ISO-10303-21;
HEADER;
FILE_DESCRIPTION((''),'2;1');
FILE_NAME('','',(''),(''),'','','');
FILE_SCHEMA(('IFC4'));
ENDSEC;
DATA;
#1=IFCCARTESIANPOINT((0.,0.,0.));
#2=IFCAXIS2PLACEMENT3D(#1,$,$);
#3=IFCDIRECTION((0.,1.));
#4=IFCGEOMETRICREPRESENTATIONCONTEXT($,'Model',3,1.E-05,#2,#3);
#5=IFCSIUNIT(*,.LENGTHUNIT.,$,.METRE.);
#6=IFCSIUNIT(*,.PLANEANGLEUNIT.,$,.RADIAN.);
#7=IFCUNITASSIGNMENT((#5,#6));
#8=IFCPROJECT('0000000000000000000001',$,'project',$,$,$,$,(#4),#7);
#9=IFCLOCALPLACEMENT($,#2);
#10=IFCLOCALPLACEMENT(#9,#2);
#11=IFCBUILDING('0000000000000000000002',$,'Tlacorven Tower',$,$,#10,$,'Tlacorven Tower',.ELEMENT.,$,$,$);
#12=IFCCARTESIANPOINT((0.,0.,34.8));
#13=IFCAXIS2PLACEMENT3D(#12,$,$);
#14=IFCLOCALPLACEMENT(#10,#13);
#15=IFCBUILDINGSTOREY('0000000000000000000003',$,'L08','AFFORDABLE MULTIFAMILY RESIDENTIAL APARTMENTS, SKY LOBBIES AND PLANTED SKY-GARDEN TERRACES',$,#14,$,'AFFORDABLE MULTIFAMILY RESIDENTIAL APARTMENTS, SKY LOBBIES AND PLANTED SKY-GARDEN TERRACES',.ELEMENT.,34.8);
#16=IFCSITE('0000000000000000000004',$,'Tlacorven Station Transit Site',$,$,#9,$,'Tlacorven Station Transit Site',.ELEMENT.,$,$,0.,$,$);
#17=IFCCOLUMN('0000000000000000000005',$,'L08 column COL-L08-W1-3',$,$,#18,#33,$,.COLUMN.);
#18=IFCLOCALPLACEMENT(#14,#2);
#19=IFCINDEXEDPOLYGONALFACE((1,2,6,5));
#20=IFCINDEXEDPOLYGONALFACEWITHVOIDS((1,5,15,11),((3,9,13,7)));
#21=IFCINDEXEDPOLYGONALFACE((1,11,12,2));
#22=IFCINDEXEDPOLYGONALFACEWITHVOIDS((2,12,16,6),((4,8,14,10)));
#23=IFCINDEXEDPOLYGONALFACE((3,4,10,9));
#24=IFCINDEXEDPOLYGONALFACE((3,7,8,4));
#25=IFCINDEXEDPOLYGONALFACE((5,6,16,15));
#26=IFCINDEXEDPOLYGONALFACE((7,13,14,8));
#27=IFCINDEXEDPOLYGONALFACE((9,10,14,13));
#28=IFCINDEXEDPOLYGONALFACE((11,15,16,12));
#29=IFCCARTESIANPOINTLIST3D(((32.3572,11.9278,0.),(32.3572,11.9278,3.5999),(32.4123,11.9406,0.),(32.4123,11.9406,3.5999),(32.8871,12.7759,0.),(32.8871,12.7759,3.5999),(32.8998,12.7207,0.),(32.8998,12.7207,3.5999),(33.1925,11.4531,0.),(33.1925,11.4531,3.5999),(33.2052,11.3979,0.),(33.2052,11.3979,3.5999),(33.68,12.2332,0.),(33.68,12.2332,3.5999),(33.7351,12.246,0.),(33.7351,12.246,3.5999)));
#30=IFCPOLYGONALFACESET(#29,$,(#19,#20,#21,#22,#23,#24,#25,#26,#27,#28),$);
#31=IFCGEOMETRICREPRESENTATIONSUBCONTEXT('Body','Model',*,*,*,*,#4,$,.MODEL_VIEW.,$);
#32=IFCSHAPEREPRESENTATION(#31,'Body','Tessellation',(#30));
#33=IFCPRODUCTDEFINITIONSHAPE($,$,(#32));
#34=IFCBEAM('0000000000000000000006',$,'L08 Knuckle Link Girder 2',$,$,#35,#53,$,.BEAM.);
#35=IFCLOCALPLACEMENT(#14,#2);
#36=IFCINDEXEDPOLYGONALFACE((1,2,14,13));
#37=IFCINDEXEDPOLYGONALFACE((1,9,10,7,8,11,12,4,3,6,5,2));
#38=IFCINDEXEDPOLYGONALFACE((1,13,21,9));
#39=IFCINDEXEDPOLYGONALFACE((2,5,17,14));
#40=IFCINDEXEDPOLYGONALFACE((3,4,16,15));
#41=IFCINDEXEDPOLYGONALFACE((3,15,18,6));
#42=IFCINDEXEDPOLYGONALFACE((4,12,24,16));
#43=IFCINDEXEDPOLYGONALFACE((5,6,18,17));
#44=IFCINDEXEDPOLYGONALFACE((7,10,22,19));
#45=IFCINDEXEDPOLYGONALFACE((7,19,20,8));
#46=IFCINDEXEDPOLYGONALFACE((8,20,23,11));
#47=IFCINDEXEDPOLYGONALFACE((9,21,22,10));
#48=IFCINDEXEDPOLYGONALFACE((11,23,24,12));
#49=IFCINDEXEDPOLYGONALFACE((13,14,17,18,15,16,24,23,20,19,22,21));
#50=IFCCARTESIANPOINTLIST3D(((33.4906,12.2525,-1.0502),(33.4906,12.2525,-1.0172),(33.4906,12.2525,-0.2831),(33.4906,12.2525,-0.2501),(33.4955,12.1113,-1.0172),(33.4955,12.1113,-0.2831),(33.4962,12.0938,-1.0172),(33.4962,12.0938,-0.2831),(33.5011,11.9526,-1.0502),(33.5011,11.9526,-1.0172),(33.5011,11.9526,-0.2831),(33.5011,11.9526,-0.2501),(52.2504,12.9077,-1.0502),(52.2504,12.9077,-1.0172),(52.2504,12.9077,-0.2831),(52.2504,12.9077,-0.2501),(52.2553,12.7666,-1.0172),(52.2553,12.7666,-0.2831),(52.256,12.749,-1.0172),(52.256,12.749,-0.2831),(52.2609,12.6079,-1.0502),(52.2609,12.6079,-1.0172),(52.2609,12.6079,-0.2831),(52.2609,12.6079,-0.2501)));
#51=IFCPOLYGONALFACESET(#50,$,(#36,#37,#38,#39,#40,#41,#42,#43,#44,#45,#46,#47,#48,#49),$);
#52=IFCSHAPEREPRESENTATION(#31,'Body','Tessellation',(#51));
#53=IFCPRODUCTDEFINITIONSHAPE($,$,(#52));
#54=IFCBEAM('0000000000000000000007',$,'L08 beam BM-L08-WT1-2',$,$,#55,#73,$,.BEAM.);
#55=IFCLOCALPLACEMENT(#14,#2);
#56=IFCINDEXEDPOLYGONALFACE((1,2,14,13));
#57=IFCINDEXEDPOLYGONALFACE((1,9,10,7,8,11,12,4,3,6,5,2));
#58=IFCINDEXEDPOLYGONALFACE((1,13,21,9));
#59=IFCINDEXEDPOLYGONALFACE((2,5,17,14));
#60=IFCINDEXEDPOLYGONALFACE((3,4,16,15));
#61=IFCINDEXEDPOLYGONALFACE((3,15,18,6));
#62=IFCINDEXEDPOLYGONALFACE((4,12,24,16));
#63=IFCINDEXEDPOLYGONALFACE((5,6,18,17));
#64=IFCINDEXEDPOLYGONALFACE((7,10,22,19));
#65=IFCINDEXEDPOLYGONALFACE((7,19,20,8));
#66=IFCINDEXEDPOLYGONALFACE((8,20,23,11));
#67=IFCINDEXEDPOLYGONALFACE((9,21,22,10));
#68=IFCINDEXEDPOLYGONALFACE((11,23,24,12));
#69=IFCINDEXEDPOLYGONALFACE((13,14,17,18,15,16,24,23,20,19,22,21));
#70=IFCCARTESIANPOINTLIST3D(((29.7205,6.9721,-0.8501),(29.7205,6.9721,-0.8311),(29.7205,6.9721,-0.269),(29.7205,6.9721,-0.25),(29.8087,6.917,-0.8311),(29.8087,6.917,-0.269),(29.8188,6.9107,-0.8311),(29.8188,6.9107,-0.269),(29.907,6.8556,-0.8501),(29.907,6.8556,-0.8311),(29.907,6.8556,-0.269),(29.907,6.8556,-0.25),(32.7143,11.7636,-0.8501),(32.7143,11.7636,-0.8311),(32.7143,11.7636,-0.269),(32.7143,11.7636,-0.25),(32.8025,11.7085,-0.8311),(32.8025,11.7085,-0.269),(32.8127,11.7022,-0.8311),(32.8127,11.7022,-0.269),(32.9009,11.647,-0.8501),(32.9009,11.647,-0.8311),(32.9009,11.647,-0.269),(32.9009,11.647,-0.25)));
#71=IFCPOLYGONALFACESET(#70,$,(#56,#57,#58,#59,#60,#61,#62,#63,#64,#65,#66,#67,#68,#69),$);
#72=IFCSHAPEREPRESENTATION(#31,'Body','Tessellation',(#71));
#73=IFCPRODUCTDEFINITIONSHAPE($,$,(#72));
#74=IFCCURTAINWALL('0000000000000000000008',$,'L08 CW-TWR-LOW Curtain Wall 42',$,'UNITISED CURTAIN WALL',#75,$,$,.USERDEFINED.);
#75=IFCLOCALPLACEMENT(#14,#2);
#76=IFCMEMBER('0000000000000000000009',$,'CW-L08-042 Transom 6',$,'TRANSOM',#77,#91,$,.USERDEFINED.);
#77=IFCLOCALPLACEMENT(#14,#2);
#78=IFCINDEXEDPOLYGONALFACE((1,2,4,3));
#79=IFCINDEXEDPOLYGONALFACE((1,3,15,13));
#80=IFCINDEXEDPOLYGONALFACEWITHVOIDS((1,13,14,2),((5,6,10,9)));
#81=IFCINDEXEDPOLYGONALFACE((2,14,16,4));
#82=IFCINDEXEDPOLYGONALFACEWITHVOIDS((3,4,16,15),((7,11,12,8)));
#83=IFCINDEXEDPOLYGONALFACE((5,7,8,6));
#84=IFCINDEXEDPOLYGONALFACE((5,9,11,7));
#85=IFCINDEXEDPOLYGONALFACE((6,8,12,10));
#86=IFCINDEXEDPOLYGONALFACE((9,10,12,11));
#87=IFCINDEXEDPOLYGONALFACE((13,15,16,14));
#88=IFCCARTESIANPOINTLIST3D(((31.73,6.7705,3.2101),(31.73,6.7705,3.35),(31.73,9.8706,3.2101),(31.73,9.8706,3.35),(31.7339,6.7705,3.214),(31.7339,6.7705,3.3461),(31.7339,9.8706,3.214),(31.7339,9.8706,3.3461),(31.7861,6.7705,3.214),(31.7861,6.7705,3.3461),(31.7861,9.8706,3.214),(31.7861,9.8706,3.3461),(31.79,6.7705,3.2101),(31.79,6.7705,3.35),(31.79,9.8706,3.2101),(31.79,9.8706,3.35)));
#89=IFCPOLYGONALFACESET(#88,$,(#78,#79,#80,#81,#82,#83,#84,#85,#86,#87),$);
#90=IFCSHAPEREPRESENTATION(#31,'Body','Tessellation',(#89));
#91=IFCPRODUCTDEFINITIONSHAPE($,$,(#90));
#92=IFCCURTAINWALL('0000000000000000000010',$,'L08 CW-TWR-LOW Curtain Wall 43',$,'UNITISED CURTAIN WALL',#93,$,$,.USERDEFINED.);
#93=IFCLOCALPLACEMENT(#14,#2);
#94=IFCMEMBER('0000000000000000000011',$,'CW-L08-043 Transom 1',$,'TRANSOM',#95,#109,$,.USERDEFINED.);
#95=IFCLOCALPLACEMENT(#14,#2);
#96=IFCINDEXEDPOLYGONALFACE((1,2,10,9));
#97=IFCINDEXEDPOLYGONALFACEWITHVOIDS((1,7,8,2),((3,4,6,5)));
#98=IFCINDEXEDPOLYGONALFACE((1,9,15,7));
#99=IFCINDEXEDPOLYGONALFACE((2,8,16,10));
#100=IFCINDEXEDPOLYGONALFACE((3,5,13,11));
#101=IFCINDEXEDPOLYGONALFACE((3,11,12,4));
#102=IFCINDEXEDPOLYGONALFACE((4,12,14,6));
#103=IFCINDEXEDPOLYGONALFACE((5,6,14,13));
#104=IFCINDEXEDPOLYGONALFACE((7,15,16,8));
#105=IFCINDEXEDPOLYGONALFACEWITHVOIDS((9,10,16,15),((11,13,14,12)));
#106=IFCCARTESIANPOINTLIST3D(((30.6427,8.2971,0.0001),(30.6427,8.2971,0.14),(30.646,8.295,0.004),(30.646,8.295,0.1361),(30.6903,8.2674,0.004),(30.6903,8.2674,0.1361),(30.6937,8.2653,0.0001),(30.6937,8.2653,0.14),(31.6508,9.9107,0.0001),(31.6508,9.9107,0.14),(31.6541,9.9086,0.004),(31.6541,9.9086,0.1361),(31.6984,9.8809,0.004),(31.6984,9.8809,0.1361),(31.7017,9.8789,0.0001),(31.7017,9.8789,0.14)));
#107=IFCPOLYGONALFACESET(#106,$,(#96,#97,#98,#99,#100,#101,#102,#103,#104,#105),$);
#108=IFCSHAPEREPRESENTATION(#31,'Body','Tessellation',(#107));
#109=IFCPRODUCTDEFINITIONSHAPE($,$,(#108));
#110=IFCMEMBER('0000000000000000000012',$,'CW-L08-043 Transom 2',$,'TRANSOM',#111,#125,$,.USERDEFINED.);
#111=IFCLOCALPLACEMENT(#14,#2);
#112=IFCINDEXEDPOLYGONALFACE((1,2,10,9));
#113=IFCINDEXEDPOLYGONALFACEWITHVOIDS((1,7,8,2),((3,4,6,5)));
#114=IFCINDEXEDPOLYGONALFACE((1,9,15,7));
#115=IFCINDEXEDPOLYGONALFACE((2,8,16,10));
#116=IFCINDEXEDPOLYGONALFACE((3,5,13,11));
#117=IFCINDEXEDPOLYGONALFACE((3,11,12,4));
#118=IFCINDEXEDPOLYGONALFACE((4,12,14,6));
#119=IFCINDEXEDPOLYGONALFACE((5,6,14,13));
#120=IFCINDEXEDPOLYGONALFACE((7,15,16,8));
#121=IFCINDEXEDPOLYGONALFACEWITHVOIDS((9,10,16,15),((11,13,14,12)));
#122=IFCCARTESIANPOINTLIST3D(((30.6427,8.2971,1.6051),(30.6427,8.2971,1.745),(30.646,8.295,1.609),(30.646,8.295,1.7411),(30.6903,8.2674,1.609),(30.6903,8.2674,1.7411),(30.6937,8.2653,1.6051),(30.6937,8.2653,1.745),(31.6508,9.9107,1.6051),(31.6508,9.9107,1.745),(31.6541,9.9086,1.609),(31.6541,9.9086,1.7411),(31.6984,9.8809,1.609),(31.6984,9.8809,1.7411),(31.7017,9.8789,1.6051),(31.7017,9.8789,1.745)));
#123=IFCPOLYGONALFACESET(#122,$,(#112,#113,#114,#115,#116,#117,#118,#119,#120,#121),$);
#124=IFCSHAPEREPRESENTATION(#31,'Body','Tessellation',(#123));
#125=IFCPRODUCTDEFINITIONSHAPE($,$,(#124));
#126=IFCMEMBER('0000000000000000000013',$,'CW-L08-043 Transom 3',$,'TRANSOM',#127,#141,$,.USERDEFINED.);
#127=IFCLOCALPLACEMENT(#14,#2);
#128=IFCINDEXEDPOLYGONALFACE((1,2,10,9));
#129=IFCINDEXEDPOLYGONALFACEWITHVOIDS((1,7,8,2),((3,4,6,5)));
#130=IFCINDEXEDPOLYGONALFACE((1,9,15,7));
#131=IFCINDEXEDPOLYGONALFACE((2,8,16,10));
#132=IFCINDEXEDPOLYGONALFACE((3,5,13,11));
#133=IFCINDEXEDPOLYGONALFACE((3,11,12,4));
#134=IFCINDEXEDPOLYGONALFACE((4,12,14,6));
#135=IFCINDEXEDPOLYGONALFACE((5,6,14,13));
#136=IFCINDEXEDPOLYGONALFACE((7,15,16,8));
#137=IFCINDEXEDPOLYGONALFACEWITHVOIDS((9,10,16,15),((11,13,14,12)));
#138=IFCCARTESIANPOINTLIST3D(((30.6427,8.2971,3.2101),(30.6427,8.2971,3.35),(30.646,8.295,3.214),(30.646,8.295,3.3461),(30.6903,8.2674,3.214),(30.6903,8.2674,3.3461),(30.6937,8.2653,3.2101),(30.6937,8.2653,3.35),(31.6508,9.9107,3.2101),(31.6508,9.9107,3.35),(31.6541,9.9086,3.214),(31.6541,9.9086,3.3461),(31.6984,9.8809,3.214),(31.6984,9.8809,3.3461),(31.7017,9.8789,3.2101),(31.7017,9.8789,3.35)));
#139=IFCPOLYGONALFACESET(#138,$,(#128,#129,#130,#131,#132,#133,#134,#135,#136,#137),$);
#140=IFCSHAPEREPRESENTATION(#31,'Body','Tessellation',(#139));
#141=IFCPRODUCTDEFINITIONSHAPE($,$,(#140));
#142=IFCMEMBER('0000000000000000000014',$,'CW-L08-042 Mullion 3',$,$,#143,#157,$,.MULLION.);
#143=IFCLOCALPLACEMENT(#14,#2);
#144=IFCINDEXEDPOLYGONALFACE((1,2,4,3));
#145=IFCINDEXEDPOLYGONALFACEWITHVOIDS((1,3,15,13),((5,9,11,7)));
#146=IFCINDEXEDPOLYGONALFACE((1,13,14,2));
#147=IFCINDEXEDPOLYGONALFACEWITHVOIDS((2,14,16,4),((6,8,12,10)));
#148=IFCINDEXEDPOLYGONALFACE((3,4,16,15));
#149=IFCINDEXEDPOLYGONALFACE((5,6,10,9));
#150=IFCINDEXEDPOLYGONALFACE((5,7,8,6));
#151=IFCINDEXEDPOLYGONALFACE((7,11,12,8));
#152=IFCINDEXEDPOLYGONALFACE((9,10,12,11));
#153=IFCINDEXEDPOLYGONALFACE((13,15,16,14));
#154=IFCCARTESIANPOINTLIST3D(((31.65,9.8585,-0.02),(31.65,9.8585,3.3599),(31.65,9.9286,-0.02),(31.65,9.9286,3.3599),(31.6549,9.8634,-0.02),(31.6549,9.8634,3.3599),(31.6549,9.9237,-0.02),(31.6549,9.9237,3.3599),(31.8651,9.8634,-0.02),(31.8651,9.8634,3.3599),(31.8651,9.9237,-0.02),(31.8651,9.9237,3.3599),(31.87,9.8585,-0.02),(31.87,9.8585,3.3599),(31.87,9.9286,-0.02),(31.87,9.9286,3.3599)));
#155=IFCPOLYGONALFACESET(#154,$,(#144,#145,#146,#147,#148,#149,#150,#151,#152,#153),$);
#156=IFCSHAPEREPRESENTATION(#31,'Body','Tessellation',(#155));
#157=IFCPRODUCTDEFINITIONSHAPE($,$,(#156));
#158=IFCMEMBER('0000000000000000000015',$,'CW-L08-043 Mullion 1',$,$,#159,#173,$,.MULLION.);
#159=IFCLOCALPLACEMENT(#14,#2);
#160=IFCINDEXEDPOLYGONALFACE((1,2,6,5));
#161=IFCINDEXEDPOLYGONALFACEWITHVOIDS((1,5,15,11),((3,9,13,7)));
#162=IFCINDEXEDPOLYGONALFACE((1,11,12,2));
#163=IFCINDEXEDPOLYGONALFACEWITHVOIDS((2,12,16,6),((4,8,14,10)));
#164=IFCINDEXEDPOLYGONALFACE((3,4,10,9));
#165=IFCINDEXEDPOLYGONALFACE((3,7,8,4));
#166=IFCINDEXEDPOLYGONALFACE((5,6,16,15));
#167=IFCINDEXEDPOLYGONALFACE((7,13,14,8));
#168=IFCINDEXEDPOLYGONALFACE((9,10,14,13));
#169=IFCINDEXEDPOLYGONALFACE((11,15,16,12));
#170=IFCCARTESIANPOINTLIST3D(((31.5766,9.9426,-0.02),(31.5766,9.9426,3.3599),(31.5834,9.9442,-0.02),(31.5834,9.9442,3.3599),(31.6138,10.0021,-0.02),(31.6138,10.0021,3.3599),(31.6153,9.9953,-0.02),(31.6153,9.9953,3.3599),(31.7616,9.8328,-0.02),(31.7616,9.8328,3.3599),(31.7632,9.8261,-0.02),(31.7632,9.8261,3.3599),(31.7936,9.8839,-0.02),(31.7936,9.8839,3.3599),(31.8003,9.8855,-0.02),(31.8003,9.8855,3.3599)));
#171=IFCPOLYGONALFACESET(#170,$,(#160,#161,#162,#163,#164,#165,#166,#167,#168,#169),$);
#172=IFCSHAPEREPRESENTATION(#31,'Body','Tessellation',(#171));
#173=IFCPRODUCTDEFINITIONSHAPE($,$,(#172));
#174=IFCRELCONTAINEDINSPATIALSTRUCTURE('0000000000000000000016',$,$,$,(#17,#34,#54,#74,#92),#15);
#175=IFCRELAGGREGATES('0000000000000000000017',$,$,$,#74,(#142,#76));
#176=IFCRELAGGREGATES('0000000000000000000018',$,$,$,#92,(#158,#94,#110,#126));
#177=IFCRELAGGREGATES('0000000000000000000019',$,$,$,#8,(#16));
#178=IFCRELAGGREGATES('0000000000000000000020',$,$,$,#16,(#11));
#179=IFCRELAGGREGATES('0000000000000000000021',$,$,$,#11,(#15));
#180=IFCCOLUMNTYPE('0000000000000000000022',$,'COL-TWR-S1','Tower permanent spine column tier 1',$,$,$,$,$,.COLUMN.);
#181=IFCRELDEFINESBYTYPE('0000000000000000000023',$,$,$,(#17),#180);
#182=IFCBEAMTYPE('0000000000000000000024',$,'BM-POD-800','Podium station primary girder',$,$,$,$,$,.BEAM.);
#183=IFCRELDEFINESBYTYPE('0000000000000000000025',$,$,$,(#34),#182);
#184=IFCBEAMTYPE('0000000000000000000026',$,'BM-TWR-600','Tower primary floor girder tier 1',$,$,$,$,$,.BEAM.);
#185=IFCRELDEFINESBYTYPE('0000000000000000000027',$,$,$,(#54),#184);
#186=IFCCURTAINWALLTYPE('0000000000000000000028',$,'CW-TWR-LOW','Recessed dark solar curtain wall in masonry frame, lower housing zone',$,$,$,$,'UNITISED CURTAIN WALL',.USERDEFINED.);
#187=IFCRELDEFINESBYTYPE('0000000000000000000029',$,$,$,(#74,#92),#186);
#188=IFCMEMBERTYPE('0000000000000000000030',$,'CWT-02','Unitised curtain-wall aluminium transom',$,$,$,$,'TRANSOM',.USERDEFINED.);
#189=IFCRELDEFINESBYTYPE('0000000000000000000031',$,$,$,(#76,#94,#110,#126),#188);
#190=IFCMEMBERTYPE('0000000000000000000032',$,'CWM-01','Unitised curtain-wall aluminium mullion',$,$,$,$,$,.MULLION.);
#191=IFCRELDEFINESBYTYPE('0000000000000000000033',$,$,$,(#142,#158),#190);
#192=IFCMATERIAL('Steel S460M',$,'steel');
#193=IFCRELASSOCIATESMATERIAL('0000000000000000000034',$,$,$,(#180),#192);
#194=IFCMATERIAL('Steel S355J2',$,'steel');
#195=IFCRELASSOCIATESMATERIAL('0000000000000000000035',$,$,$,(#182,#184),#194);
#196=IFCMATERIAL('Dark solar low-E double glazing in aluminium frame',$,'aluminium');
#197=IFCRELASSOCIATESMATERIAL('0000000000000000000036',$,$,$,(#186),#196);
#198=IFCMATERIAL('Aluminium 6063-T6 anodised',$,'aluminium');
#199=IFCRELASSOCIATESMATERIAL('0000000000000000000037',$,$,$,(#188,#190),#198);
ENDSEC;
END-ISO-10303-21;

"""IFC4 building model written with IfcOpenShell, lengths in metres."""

from ifc_helpers import new_model, si_unit, direction, frame, origin, origin_2d, place, context, subcontext, project, spatial, hollow_rectangle, i_section, extrude, source, transform, mapped, material, material_profile, profile_set, type_object, element, aggregate, save


model = new_model("IFC4")

# Units and contexts
model_context = context("Model", 3, precision=1e-05, world=origin(), true_north=direction((0.0, 1.0)))
body_context = subcontext(model_context, "Body", "Model", "MODEL_VIEW")
ifc_project = project(units=[si_unit("LENGTHUNIT", "METRE"), si_unit("PLANEANGLEUNIT", "RADIAN")], contexts=[model_context])

# Site, building, storey
site_placement = place(None, origin())
site = spatial("IfcSite", under=ifc_project, at=site_placement, Name="Tlacorven Station Transit Site", LongName="Tlacorven Station Transit Site", CompositionType="ELEMENT", RefElevation=0.0)
building_placement = place(site_placement, origin())
building = spatial("IfcBuilding", under=site, at=building_placement, Name="Tlacorven Tower", LongName="Tlacorven Tower", CompositionType="ELEMENT")
storey_placement = place(building_placement, frame((0.0, 0.0, 34.8)))
storey = spatial("IfcBuildingStorey", under=building, at=storey_placement, Name="L08", Description="AFFORDABLE MULTIFAMILY RESIDENTIAL APARTMENTS, SKY LOBBIES AND PLANTED SKY-GARDEN TERRACES", LongName="AFFORDABLE MULTIFAMILY RESIDENTIAL APARTMENTS, SKY LOBBIES AND PLANTED SKY-GARDEN TERRACES", CompositionType="ELEMENT", Elevation=34.8)

# Column
ifc_material_1 = material(Name="Steel S460M", Category="steel")
ifc_material_profile_1 = material_profile(ifc_material_1, hollow_rectangle(XDim=1.0, YDim=1.0, WallThickness=0.04, at=origin_2d()), Name="BOX 1000X1000X40")
ifc_profile_set_1 = profile_set([ifc_material_profile_1], Name="Steel S460M")
column_type = type_object("IfcColumnType", Name="COL-TWR-S1", Description="Tower permanent spine column tier 1", PredefinedType="COLUMN", material=ifc_profile_set_1)
shared_shape_1 = source(origin(), body_context, "Body", "SweptSolid", [
    extrude(hollow_rectangle(XDim=1.0, YDim=1.0, WallThickness=0.04, at=origin_2d()), origin(), (0.0, 0.0, 1.0), 3.5999),
])
column_placement = place(storey_placement, frame((33.0461, 12.0869, 0.0), z_axis=(0.0, 0.0, 1.0), x_axis=(-0.848048, 0.529919, 0.0)))
element("IfcColumn", 1, at=column_placement, inside=storey, type_object=column_type, Name="L08 column COL-L08-W1-3", PredefinedType="COLUMN", context=body_context, shape_type="MappedRepresentation", body=[
    mapped(shared_shape_1, transform((0.0, 0.0, 0.0), scale=1.0)),
])

# Beams
ifc_material_2 = material(Name="Steel S355J2", Category="steel")
ifc_material_profile_2 = material_profile(ifc_material_2, i_section(OverallWidth=0.3, OverallDepth=0.8, WebThickness=0.0176, FlangeThickness=0.033, at=origin_2d()), Name="HEB 800")
ifc_profile_set_2 = profile_set([ifc_material_profile_2], Name="Steel S355J2")
beam_type_1 = type_object("IfcBeamType", Name="BM-POD-800", Description="Podium station primary girder", PredefinedType="BEAM", material=ifc_profile_set_2)
shared_shape_2 = source(origin(), body_context, "Body", "SweptSolid", [
    extrude(i_section(OverallWidth=0.3, OverallDepth=0.8, WebThickness=0.0176, FlangeThickness=0.033, at=origin_2d()), origin(), (0.0, 0.0, 1.0), 18.7712),
])
beam_1_placement = place(storey_placement, frame((33.4958, 12.1025, -0.6501), z_axis=(0.999391, 0.034908, 0.0), x_axis=(-0.034908, 0.999391, 0.0)))
element("IfcBeam", 2, at=beam_1_placement, inside=storey, type_object=beam_type_1, Name="L08 Knuckle Link Girder 2", PredefinedType="BEAM", context=body_context, shape_type="MappedRepresentation", body=[
    mapped(shared_shape_2, transform((0.0, 0.0, 0.0), scale=1.0)),
])
ifc_material_profile_3 = material_profile(ifc_material_2, i_section(OverallWidth=0.22, OverallDepth=0.6001, WebThickness=0.012, FlangeThickness=0.019, at=origin_2d()), Name="IPE 600")
ifc_profile_set_3 = profile_set([ifc_material_profile_3], Name="Steel S355J2")
beam_type_2 = type_object("IfcBeamType", Name="BM-TWR-600", Description="Tower primary floor girder tier 1", PredefinedType="BEAM", material=ifc_profile_set_3)
shared_shape_3 = source(origin(), body_context, "Body", "SweptSolid", [
    extrude(i_section(OverallWidth=0.22, OverallDepth=0.6001, WebThickness=0.012, FlangeThickness=0.019, at=origin_2d()), origin(), (0.0, 0.0, 1.0), 5.6499),
])
beam_2_placement = place(storey_placement, frame((32.8076, 11.7053, -0.55), z_axis=(-0.529898, -0.848061, 0.0), x_axis=(0.848061, -0.529898, 0.0)))
element("IfcBeam", 3, at=beam_2_placement, inside=storey, type_object=beam_type_2, Name="L08 beam BM-L08-WT1-2", PredefinedType="BEAM", context=body_context, shape_type="MappedRepresentation", body=[
    mapped(shared_shape_3, transform((0.0, 0.0, 0.0), scale=1.0)),
])

# Curtain wall, member
ifc_material_3 = material(Name="Dark solar low-E double glazing in aluminium frame", Category="aluminium")
curtain_wall_type = type_object("IfcCurtainWallType", Name="CW-TWR-LOW", Description="Recessed dark solar curtain wall in masonry frame, lower housing zone", ElementType="UNITISED CURTAIN WALL", PredefinedType="USERDEFINED", material=ifc_material_3)
curtain_wall_1_placement = place(storey_placement, origin())
curtain_wall_1 = element("IfcCurtainWall", 4, at=curtain_wall_1_placement, inside=storey, type_object=curtain_wall_type, Name="L08 CW-TWR-LOW Curtain Wall 42", ObjectType="UNITISED CURTAIN WALL", PredefinedType="USERDEFINED")
ifc_material_4 = material(Name="Aluminium 6063-T6 anodised", Category="aluminium")
ifc_material_profile_4 = material_profile(ifc_material_4, hollow_rectangle(XDim=0.0601, YDim=0.1399, WallThickness=0.0039, at=origin_2d()), Name="ALU TRANSOM 60X140")
ifc_profile_set_4 = profile_set([ifc_material_profile_4], Name="Aluminium 6063-T6 anodised")
member_type_1 = type_object("IfcMemberType", Name="CWT-02", Description="Unitised curtain-wall aluminium transom", ElementType="TRANSOM", PredefinedType="USERDEFINED", material=ifc_profile_set_4)
shared_shape_4 = source(origin(), body_context, "Body", "SweptSolid", [
    extrude(hollow_rectangle(XDim=0.0601, YDim=0.1399, WallThickness=0.0039, at=origin_2d()), origin(), (0.0, 0.0, 1.0), 3.1001),
])
member_1_placement = place(storey_placement, frame((31.76, 6.7705, 3.28), z_axis=(0.0, 1.0, 0.0), x_axis=(-1.0, 0.0, 0.0)))
member_1 = element("IfcMember", 5, at=member_1_placement, type_object=member_type_1, Name="CW-L08-042 Transom 6", ObjectType="TRANSOM", PredefinedType="USERDEFINED", context=body_context, shape_type="MappedRepresentation", body=[
    mapped(shared_shape_4, transform((0.0, 0.0, 0.0), scale=1.0)),
])

# Curtain wall, members
curtain_wall_2_placement = place(storey_placement, origin())
curtain_wall_2 = element("IfcCurtainWall", 6, at=curtain_wall_2_placement, inside=storey, type_object=curtain_wall_type, Name="L08 CW-TWR-LOW Curtain Wall 43", ObjectType="UNITISED CURTAIN WALL", PredefinedType="USERDEFINED")
shared_shape_5 = source(origin(), body_context, "Body", "SweptSolid", [
    extrude(hollow_rectangle(XDim=0.0601, YDim=0.1399, WallThickness=0.0039, at=origin_2d()), origin(), (0.0, 0.0, 1.0), 1.9026),
])
member_2_placement = place(storey_placement, frame((31.6763, 9.8948, 0.0701), z_axis=(-0.529849, -0.848092, 0.0), x_axis=(0.848092, -0.529849, 0.0)))
member_2 = element("IfcMember", 7, at=member_2_placement, type_object=member_type_1, Name="CW-L08-043 Transom 1", ObjectType="TRANSOM", PredefinedType="USERDEFINED", context=body_context, shape_type="MappedRepresentation", body=[
    mapped(shared_shape_5, transform((0.0, 0.0, 0.0), scale=1.0)),
])
member_3_placement = place(storey_placement, frame((31.6763, 9.8948, 1.675), z_axis=(-0.529849, -0.848092, 0.0), x_axis=(0.848092, -0.529849, 0.0)))
member_3 = element("IfcMember", 8, at=member_3_placement, type_object=member_type_1, Name="CW-L08-043 Transom 2", ObjectType="TRANSOM", PredefinedType="USERDEFINED", context=body_context, shape_type="MappedRepresentation", body=[
    mapped(shared_shape_5, transform((0.0, 0.0, 0.0), scale=1.0)),
])
member_4_placement = place(storey_placement, frame((31.6763, 9.8948, 3.28), z_axis=(-0.529849, -0.848092, 0.0), x_axis=(0.848092, -0.529849, 0.0)))
member_4 = element("IfcMember", 9, at=member_4_placement, type_object=member_type_1, Name="CW-L08-043 Transom 3", ObjectType="TRANSOM", PredefinedType="USERDEFINED", context=body_context, shape_type="MappedRepresentation", body=[
    mapped(shared_shape_5, transform((0.0, 0.0, 0.0), scale=1.0)),
])

# Members
ifc_material_profile_5 = material_profile(ifc_material_4, hollow_rectangle(XDim=0.0701, YDim=0.22, WallThickness=0.0049, at=origin_2d()), Name="ALU MULLION 70X220")
ifc_profile_set_5 = profile_set([ifc_material_profile_5], Name="Aluminium 6063-T6 anodised")
member_type_2 = type_object("IfcMemberType", Name="CWM-01", Description="Unitised curtain-wall aluminium mullion", PredefinedType="MULLION", material=ifc_profile_set_5)
shared_shape_6 = source(origin(), body_context, "Body", "SweptSolid", [
    extrude(hollow_rectangle(XDim=0.0701, YDim=0.22, WallThickness=0.0049, at=origin_2d()), origin(), (0.0, 0.0, 1.0), 3.3799),
])
member_5_placement = place(storey_placement, frame((31.76, 9.8936, -0.02), z_axis=(0.0, 0.0, 1.0), x_axis=(0.0, 1.0, 0.0)))
member_5 = element("IfcMember", 10, at=member_5_placement, type_object=member_type_2, Name="CW-L08-042 Mullion 3", PredefinedType="MULLION", context=body_context, shape_type="MappedRepresentation", body=[
    mapped(shared_shape_6, transform((0.0, 0.0, 0.0), scale=1.0)),
])
member_6_placement = place(storey_placement, frame((31.6885, 9.9141, -0.02), z_axis=(0.0, 0.0, 1.0), x_axis=(-0.529919, -0.848048, 0.0)))
member_6 = element("IfcMember", 11, at=member_6_placement, type_object=member_type_2, Name="CW-L08-043 Mullion 1", PredefinedType="MULLION", context=body_context, shape_type="MappedRepresentation", body=[
    mapped(shared_shape_6, transform((0.0, 0.0, 0.0), scale=1.0)),
])

aggregate(curtain_wall_1, [member_5, member_1])
aggregate(curtain_wall_2, [member_6, member_2, member_3, member_4])

save(model, "model.ifc")
